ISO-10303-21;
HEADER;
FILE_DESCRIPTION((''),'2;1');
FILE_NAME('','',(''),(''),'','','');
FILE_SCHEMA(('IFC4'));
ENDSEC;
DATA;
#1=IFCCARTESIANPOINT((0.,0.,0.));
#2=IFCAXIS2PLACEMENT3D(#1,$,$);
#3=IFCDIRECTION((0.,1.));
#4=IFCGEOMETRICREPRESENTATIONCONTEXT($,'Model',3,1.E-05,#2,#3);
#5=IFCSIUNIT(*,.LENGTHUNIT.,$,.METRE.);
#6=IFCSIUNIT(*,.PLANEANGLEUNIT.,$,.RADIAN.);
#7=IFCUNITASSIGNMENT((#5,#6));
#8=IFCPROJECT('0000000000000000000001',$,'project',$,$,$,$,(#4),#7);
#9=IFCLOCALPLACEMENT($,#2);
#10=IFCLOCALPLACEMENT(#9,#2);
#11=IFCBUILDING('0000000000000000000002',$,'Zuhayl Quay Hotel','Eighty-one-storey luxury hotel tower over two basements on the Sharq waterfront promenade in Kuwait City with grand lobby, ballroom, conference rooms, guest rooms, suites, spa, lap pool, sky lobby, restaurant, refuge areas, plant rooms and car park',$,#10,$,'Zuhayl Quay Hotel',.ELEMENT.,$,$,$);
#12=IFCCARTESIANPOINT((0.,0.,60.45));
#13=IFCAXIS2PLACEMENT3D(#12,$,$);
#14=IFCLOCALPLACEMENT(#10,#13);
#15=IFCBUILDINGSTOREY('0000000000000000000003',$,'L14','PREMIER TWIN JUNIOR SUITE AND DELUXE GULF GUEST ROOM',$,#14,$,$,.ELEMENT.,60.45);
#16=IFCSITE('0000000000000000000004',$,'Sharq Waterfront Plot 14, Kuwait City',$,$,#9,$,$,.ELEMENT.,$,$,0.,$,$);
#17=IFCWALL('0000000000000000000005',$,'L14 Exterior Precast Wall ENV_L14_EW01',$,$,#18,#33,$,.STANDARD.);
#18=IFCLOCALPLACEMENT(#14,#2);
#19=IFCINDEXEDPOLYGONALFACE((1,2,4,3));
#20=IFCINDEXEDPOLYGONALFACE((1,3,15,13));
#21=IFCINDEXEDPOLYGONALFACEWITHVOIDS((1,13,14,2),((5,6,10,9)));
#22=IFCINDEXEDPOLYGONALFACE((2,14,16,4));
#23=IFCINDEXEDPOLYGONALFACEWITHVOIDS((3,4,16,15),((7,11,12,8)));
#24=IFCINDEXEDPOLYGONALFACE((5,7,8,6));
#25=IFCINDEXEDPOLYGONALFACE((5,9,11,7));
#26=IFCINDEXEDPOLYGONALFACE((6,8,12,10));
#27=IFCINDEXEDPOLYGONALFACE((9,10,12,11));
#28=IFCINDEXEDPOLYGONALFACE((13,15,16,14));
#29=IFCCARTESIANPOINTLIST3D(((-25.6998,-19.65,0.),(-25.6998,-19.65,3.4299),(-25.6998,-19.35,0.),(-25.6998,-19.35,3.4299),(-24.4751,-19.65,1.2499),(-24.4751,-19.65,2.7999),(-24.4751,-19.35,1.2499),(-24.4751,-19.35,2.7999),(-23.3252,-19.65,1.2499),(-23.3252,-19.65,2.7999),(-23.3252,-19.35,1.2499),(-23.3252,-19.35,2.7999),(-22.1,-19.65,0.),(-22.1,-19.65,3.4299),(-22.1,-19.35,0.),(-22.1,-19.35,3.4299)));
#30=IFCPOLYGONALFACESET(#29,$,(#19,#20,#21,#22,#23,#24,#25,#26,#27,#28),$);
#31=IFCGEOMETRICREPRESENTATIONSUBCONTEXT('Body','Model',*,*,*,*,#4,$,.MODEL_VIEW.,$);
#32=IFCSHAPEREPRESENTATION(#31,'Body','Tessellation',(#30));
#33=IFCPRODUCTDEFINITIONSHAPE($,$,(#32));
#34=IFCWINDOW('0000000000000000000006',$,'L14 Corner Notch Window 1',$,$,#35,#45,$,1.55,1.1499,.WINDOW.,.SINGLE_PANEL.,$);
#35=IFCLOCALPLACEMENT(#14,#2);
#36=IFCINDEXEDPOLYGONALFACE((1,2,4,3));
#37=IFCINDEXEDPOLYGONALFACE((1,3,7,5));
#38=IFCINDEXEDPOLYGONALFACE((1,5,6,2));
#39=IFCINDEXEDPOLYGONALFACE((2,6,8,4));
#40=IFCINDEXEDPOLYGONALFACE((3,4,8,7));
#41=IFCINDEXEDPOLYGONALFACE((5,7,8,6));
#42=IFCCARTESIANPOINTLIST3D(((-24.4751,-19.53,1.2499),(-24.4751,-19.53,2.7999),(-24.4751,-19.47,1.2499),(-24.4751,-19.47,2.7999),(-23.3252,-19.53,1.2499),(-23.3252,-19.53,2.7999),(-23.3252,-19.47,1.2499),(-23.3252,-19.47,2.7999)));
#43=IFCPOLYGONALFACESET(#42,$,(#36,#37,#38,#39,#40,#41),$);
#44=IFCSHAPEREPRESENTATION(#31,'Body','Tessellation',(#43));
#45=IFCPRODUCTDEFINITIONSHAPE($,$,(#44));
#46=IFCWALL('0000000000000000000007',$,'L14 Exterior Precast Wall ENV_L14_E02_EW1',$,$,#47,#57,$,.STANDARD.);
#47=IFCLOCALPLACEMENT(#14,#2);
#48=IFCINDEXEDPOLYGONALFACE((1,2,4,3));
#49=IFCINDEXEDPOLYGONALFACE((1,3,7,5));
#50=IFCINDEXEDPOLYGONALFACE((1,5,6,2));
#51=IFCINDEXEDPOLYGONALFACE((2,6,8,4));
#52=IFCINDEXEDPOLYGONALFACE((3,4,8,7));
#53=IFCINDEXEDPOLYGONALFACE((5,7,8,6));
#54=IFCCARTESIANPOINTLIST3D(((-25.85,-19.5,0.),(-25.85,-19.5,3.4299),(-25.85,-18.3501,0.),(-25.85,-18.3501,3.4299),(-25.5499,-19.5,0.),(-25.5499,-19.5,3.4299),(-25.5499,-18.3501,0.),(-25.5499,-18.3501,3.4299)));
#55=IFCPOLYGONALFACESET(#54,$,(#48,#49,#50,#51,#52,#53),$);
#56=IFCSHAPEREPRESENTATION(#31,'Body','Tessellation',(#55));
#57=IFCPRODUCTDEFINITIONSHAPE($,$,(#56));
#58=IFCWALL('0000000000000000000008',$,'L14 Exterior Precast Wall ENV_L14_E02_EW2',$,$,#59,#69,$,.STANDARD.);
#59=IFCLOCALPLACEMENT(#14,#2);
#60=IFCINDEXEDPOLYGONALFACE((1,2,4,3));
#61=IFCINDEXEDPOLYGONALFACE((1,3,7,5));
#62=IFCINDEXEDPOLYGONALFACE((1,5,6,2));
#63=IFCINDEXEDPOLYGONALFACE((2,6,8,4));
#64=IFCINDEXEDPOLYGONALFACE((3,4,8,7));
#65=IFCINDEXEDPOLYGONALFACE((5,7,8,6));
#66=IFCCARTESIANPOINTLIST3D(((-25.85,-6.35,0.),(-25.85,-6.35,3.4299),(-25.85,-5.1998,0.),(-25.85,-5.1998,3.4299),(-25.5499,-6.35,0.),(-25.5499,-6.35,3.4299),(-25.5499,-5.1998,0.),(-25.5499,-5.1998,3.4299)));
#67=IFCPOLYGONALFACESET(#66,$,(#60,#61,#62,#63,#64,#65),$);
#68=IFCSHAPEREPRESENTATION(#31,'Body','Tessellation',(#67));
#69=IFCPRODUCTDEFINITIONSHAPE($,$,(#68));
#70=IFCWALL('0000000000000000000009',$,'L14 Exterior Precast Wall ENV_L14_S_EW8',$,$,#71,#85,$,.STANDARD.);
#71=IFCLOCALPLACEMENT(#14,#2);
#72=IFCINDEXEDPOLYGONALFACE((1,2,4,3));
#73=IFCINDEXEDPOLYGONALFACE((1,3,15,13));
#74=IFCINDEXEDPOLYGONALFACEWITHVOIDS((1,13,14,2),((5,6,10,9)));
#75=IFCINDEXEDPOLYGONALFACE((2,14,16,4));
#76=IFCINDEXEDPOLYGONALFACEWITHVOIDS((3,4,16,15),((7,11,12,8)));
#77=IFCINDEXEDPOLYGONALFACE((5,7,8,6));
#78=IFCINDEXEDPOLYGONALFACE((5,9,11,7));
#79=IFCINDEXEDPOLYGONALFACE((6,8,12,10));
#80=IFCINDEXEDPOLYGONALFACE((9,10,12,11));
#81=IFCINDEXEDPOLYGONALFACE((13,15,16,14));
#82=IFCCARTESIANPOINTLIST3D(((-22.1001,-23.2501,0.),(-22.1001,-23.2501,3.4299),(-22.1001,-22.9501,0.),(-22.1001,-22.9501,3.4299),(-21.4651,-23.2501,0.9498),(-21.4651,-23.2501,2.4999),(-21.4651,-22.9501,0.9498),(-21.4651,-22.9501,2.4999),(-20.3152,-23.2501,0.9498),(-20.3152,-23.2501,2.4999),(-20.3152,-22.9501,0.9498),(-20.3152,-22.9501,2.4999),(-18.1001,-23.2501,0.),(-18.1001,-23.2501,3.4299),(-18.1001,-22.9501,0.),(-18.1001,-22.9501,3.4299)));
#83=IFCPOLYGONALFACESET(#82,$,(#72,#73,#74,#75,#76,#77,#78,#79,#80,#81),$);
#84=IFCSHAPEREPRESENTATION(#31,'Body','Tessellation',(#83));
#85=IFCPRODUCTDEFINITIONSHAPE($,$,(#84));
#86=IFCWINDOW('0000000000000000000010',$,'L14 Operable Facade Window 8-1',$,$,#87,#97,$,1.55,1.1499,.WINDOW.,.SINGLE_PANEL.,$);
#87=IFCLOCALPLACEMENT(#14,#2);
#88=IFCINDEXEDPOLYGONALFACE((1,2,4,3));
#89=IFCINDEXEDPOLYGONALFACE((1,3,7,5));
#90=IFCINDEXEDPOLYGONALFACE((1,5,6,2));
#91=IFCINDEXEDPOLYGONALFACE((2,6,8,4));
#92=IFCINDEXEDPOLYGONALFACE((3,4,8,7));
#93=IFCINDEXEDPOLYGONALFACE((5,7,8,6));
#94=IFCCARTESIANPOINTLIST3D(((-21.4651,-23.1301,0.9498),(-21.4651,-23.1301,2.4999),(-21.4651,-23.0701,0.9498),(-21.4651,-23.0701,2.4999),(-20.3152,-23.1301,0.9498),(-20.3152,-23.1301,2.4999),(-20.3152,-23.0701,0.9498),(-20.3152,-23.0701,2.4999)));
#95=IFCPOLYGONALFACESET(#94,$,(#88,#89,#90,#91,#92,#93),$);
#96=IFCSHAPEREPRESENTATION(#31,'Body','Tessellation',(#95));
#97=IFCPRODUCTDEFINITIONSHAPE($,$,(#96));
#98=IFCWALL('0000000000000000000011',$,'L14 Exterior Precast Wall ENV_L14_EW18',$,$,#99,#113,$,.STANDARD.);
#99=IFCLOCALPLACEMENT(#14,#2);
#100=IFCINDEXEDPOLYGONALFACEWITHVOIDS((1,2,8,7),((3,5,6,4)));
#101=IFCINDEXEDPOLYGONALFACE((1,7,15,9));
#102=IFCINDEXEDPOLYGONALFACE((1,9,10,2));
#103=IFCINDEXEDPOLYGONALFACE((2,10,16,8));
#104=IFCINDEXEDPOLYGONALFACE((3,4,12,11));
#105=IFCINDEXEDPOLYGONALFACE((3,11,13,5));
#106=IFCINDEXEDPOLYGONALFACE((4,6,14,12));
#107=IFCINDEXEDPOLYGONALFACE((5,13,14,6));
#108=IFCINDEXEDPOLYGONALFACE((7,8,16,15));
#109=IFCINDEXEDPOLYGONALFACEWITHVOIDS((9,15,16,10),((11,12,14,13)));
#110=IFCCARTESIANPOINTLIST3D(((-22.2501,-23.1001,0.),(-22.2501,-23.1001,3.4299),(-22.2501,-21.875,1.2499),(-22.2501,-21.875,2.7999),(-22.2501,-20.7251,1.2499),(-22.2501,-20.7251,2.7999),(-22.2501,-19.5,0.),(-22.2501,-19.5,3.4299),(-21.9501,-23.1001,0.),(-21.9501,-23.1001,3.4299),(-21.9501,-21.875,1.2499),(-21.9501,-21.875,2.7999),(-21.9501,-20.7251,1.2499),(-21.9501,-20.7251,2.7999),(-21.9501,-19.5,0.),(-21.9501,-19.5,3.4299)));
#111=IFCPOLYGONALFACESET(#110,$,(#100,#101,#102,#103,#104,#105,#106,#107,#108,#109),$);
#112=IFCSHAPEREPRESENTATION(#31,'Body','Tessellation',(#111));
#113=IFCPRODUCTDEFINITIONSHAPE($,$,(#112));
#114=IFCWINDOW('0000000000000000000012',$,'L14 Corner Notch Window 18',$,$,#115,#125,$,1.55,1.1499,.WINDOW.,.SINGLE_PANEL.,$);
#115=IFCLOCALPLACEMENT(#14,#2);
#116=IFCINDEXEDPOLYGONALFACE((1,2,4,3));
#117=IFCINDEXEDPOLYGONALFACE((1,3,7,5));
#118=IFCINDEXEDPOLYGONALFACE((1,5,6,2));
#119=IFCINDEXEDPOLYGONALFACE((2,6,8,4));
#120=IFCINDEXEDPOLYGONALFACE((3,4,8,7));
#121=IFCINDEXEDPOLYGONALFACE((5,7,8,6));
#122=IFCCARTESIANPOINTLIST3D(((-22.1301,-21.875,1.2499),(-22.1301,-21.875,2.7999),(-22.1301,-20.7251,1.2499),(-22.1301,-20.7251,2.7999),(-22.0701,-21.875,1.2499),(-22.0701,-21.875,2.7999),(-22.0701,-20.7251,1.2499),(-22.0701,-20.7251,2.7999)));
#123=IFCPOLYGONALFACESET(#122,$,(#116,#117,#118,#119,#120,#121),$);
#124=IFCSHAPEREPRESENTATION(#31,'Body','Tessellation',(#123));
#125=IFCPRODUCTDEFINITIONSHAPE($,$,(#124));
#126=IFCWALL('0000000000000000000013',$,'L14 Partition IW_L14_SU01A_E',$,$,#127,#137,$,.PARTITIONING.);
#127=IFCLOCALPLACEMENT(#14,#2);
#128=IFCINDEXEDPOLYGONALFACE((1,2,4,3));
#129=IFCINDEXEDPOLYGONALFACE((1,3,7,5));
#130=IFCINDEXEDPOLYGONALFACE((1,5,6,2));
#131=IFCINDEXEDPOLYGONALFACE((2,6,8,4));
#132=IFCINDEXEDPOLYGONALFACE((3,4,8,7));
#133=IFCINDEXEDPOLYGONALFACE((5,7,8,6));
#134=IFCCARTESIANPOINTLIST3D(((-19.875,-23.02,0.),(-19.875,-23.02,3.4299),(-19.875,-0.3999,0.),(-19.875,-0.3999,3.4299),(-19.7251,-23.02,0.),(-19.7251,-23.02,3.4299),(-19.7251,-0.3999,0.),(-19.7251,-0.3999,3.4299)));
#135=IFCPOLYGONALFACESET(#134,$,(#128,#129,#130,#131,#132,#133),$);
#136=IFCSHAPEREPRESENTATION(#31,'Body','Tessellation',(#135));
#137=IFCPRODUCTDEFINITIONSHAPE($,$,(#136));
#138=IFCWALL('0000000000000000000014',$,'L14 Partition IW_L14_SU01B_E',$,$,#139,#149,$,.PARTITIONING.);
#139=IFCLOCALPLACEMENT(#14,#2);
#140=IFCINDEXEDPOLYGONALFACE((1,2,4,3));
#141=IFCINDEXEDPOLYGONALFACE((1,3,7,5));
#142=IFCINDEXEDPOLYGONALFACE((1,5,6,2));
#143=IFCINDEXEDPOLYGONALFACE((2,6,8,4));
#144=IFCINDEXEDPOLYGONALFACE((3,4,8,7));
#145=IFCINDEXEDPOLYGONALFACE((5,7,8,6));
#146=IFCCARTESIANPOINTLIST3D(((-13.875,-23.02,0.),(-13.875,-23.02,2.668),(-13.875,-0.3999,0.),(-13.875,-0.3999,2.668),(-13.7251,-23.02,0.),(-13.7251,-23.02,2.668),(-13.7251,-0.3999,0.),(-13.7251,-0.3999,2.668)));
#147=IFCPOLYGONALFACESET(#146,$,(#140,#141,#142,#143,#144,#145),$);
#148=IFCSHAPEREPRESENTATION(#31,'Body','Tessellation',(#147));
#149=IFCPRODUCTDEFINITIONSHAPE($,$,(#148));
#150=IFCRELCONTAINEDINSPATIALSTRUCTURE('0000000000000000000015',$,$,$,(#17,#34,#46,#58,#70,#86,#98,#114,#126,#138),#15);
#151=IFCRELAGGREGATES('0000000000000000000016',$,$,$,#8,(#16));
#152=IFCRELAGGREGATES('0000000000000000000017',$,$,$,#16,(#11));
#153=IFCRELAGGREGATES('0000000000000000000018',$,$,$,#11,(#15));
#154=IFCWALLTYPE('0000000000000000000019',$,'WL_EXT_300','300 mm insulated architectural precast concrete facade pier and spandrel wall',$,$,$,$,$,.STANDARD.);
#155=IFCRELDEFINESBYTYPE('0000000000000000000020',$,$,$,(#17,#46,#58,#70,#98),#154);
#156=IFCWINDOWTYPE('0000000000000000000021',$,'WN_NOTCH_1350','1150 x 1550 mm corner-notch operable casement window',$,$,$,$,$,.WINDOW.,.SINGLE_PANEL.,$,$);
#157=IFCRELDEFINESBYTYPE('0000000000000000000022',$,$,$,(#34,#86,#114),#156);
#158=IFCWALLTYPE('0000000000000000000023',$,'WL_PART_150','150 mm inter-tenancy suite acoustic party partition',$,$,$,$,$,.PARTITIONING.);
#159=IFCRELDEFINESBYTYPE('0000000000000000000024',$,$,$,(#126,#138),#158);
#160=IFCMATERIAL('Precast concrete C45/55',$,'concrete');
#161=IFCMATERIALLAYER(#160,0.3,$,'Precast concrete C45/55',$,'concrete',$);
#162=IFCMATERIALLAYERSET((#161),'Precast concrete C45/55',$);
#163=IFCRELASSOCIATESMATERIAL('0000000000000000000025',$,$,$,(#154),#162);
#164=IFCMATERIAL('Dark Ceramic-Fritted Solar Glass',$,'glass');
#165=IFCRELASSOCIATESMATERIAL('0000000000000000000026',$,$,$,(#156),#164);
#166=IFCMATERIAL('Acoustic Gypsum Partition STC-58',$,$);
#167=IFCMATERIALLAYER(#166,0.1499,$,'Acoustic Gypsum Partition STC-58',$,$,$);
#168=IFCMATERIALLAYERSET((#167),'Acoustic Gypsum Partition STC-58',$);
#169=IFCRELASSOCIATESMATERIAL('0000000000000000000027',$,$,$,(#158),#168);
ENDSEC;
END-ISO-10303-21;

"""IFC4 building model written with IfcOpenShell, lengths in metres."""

from ifc_helpers import new_model, si_unit, direction, frame, frame_2d, origin, place, context, subcontext, project, spatial, rectangle, extrude, material, layer, layer_set, type_object, element, fill, save


model = new_model("IFC4")

# Units and contexts
model_context = context("Model", 3, precision=1e-05, world=origin(), true_north=direction((0.0, 1.0)))
body_context = subcontext(model_context, "Body", "Model", "MODEL_VIEW")
ifc_project = project(units=[si_unit("LENGTHUNIT", "METRE"), si_unit("PLANEANGLEUNIT", "RADIAN")], contexts=[model_context])

# Site, building, storey
site_placement = place(None, origin())
site = spatial("IfcSite", under=ifc_project, at=site_placement, Name="Sharq Waterfront Plot 14, Kuwait City", CompositionType="ELEMENT", RefElevation=0.0)
building_placement = place(site_placement, origin())
building = spatial("IfcBuilding", under=site, at=building_placement, Name="Zuhayl Quay Hotel", Description="Eighty-one-storey luxury hotel tower over two basements on the Sharq waterfront promenade in Kuwait City with grand lobby, ballroom, conference rooms, guest rooms, suites, spa, lap pool, sky lobby, restaurant, refuge areas, plant rooms and car park", LongName="Zuhayl Quay Hotel", CompositionType="ELEMENT")
storey_placement = place(building_placement, frame((0.0, 0.0, 60.45)))
storey = spatial("IfcBuildingStorey", under=building, at=storey_placement, Name="L14", Description="PREMIER TWIN JUNIOR SUITE AND DELUXE GULF GUEST ROOM", CompositionType="ELEMENT", Elevation=60.45)

# Shared definitions
ifc_material_1 = material(Name="Dark Ceramic-Fritted Solar Glass", Category="glass")

# Wall, opening, window
ifc_material_2 = material(Name="Precast concrete C45/55", Category="concrete")
ifc_layer_1 = layer(ifc_material_2, 0.3, Name="Precast concrete C45/55", Category="concrete")
ifc_layer_set_1 = layer_set([ifc_layer_1], Name="Precast concrete C45/55")
wall_type_1 = type_object("IfcWallType", Name="WL_EXT_300", Description="300 mm insulated architectural precast concrete facade pier and spandrel wall", PredefinedType="STANDARD", material=ifc_layer_set_1)
wall_1_placement = place(storey_placement, frame((-22.1001, -19.5, 0.0), z_axis=(0.0, 0.0, 1.0), x_axis=(-1.0, 0.0, 0.0)))
wall_1 = element("IfcWall", 1, at=wall_1_placement, inside=storey, type_object=wall_type_1, Name="L14 Exterior Precast Wall ENV_L14_EW01", PredefinedType="STANDARD", context=body_context, shape_type="SweptSolid", body=[
    extrude(rectangle(XDim=3.5999, YDim=0.3, at=frame_2d((1.7998, 0.0))), origin(), (0.0, 0.0, 1.0), 3.4299),
])
opening_1_placement = place(wall_1_placement, frame((1.2251, 0.0, 1.25)))
opening_1 = element("IfcOpeningElement", 2, at=opening_1_placement, cuts=wall_1, PredefinedType="OPENING", context=body_context, shape_type="SweptSolid", body=[
    extrude(rectangle(XDim=1.1499, YDim=1.55, at=frame_2d((0.575, 0.7749))), frame((0.0, 0.1599, 0.0), z_axis=(0.0, -1.0, 0.0), x_axis=(1.0, 0.0, 0.0)), (0.0, 0.0, 1.0), 0.3201),
])
window_type = type_object("IfcWindowType", Name="WN_NOTCH_1350", Description="1150 x 1550 mm corner-notch operable casement window", PartitioningType="SINGLE_PANEL", PredefinedType="WINDOW", material=ifc_material_1)
window_1_placement = place(opening_1_placement, origin())
window_1 = element("IfcWindow", 3, at=window_1_placement, inside=storey, type_object=window_type, Name="L14 Corner Notch Window 1", OverallHeight=1.55, OverallWidth=1.1499, PartitioningType="SINGLE_PANEL", PredefinedType="WINDOW", context=body_context, shape_type="SweptSolid", body=[
    extrude(rectangle(XDim=1.1499, YDim=1.55, at=frame_2d((0.575, 0.7749))), frame((0.0, 0.03, 0.0), z_axis=(0.0, -1.0, 0.0), x_axis=(1.0, 0.0, 0.0)), (0.0, 0.0, 1.0), 0.0601),
])
fill(opening_1, window_1)

# Walls
wall_2_placement = place(storey_placement, frame((-25.7, -19.5, 0.0), z_axis=(0.0, 0.0, 1.0), x_axis=(0.0, 1.0, 0.0)))
element("IfcWall", 4, at=wall_2_placement, inside=storey, type_object=wall_type_1, Name="L14 Exterior Precast Wall ENV_L14_E02_EW1", PredefinedType="STANDARD", context=body_context, shape_type="SweptSolid", body=[
    extrude(rectangle(XDim=1.1499, YDim=0.3, at=frame_2d((0.575, 0.0))), origin(), (0.0, 0.0, 1.0), 3.4299),
])
wall_3_placement = place(storey_placement, frame((-25.7, -6.3501, 0.0), z_axis=(0.0, 0.0, 1.0), x_axis=(0.0, 1.0, 0.0)))
element("IfcWall", 5, at=wall_3_placement, inside=storey, type_object=wall_type_1, Name="L14 Exterior Precast Wall ENV_L14_E02_EW2", PredefinedType="STANDARD", context=body_context, shape_type="SweptSolid", body=[
    extrude(rectangle(XDim=1.1501, YDim=0.3, at=frame_2d((0.5752, 0.0))), origin(), (0.0, 0.0, 1.0), 3.4299),
])

# Walls, openings, windows
wall_4_placement = place(storey_placement, frame((-18.1001, -23.1001, 0.0), z_axis=(0.0, 0.0, 1.0), x_axis=(-1.0, 0.0, 0.0)))
wall_4 = element("IfcWall", 6, at=wall_4_placement, inside=storey, type_object=wall_type_1, Name="L14 Exterior Precast Wall ENV_L14_S_EW8", PredefinedType="STANDARD", context=body_context, shape_type="SweptSolid", body=[
    extrude(rectangle(XDim=4.0, YDim=0.3, at=frame_2d((2.0, 0.0))), origin(), (0.0, 0.0, 1.0), 3.4299),
])
opening_2_placement = place(wall_4_placement, frame((2.2151, 0.0, 0.95)))
opening_2 = element("IfcOpeningElement", 7, at=opening_2_placement, cuts=wall_4, PredefinedType="OPENING", context=body_context, shape_type="SweptSolid", body=[
    extrude(rectangle(XDim=1.1499, YDim=1.55, at=frame_2d((0.575, 0.7749))), frame((0.0, 0.1599, 0.0), z_axis=(0.0, -1.0, 0.0), x_axis=(1.0, 0.0, 0.0)), (0.0, 0.0, 1.0), 0.3201),
])
window_2_placement = place(opening_2_placement, origin())
window_2 = element("IfcWindow", 8, at=window_2_placement, inside=storey, type_object=window_type, Name="L14 Operable Facade Window 8-1", OverallHeight=1.55, OverallWidth=1.1499, PartitioningType="SINGLE_PANEL", PredefinedType="WINDOW", context=body_context, shape_type="SweptSolid", body=[
    extrude(rectangle(XDim=1.1499, YDim=1.55, at=frame_2d((0.575, 0.7749))), frame((0.0, 0.03, 0.0), z_axis=(0.0, -1.0, 0.0), x_axis=(1.0, 0.0, 0.0)), (0.0, 0.0, 1.0), 0.0601),
])
fill(opening_2, window_2)
wall_5_placement = place(storey_placement, frame((-22.1001, -23.1001, 0.0), z_axis=(0.0, 0.0, 1.0), x_axis=(0.0, 1.0, 0.0)))
wall_5 = element("IfcWall", 9, at=wall_5_placement, inside=storey, type_object=wall_type_1, Name="L14 Exterior Precast Wall ENV_L14_EW18", PredefinedType="STANDARD", context=body_context, shape_type="SweptSolid", body=[
    extrude(rectangle(XDim=3.6001, YDim=0.3, at=frame_2d((1.8, 0.0))), origin(), (0.0, 0.0, 1.0), 3.4299),
])
opening_3_placement = place(wall_5_placement, frame((1.2251, 0.0, 1.25)))
opening_3 = element("IfcOpeningElement", 10, at=opening_3_placement, cuts=wall_5, PredefinedType="OPENING", context=body_context, shape_type="SweptSolid", body=[
    extrude(rectangle(XDim=1.1499, YDim=1.55, at=frame_2d((0.575, 0.7749))), frame((0.0, 0.1599, 0.0), z_axis=(0.0, -1.0, 0.0), x_axis=(1.0, 0.0, 0.0)), (0.0, 0.0, 1.0), 0.3201),
])
window_3_placement = place(opening_3_placement, origin())
window_3 = element("IfcWindow", 11, at=window_3_placement, inside=storey, type_object=window_type, Name="L14 Corner Notch Window 18", OverallHeight=1.55, OverallWidth=1.1499, PartitioningType="SINGLE_PANEL", PredefinedType="WINDOW", context=body_context, shape_type="SweptSolid", body=[
    extrude(rectangle(XDim=1.1499, YDim=1.55, at=frame_2d((0.575, 0.7749))), frame((0.0, 0.03, 0.0), z_axis=(0.0, -1.0, 0.0), x_axis=(1.0, 0.0, 0.0)), (0.0, 0.0, 1.0), 0.0601),
])
fill(opening_3, window_3)

# Walls
ifc_material_3 = material(Name="Acoustic Gypsum Partition STC-58")
ifc_layer_2 = layer(ifc_material_3, 0.1499, Name="Acoustic Gypsum Partition STC-58")
ifc_layer_set_2 = layer_set([ifc_layer_2], Name="Acoustic Gypsum Partition STC-58")
wall_type_2 = type_object("IfcWallType", Name="WL_PART_150", Description="150 mm inter-tenancy suite acoustic party partition", PredefinedType="PARTITIONING", material=ifc_layer_set_2)
wall_6_placement = place(storey_placement, frame((-19.8, -23.02, 0.0), z_axis=(0.0, 0.0, 1.0), x_axis=(0.0, 1.0, 0.0)))
element("IfcWall", 12, at=wall_6_placement, inside=storey, type_object=wall_type_2, Name="L14 Partition IW_L14_SU01A_E", PredefinedType="PARTITIONING", context=body_context, shape_type="SweptSolid", body=[
    extrude(rectangle(XDim=22.6201, YDim=0.1499, at=frame_2d((11.3101, 0.0))), origin(), (0.0, 0.0, 1.0), 3.4299),
])
wall_7_placement = place(storey_placement, frame((-13.8, -23.02, 0.0), z_axis=(0.0, 0.0, 1.0), x_axis=(0.0, 1.0, 0.0)))
element("IfcWall", 13, at=wall_7_placement, inside=storey, type_object=wall_type_2, Name="L14 Partition IW_L14_SU01B_E", PredefinedType="PARTITIONING", context=body_context, shape_type="SweptSolid", body=[
    extrude(rectangle(XDim=22.6201, YDim=0.1499, at=frame_2d((11.3101, 0.0))), origin(), (0.0, 0.0, 1.0), 2.668),
])

save(model, "model.ifc")
